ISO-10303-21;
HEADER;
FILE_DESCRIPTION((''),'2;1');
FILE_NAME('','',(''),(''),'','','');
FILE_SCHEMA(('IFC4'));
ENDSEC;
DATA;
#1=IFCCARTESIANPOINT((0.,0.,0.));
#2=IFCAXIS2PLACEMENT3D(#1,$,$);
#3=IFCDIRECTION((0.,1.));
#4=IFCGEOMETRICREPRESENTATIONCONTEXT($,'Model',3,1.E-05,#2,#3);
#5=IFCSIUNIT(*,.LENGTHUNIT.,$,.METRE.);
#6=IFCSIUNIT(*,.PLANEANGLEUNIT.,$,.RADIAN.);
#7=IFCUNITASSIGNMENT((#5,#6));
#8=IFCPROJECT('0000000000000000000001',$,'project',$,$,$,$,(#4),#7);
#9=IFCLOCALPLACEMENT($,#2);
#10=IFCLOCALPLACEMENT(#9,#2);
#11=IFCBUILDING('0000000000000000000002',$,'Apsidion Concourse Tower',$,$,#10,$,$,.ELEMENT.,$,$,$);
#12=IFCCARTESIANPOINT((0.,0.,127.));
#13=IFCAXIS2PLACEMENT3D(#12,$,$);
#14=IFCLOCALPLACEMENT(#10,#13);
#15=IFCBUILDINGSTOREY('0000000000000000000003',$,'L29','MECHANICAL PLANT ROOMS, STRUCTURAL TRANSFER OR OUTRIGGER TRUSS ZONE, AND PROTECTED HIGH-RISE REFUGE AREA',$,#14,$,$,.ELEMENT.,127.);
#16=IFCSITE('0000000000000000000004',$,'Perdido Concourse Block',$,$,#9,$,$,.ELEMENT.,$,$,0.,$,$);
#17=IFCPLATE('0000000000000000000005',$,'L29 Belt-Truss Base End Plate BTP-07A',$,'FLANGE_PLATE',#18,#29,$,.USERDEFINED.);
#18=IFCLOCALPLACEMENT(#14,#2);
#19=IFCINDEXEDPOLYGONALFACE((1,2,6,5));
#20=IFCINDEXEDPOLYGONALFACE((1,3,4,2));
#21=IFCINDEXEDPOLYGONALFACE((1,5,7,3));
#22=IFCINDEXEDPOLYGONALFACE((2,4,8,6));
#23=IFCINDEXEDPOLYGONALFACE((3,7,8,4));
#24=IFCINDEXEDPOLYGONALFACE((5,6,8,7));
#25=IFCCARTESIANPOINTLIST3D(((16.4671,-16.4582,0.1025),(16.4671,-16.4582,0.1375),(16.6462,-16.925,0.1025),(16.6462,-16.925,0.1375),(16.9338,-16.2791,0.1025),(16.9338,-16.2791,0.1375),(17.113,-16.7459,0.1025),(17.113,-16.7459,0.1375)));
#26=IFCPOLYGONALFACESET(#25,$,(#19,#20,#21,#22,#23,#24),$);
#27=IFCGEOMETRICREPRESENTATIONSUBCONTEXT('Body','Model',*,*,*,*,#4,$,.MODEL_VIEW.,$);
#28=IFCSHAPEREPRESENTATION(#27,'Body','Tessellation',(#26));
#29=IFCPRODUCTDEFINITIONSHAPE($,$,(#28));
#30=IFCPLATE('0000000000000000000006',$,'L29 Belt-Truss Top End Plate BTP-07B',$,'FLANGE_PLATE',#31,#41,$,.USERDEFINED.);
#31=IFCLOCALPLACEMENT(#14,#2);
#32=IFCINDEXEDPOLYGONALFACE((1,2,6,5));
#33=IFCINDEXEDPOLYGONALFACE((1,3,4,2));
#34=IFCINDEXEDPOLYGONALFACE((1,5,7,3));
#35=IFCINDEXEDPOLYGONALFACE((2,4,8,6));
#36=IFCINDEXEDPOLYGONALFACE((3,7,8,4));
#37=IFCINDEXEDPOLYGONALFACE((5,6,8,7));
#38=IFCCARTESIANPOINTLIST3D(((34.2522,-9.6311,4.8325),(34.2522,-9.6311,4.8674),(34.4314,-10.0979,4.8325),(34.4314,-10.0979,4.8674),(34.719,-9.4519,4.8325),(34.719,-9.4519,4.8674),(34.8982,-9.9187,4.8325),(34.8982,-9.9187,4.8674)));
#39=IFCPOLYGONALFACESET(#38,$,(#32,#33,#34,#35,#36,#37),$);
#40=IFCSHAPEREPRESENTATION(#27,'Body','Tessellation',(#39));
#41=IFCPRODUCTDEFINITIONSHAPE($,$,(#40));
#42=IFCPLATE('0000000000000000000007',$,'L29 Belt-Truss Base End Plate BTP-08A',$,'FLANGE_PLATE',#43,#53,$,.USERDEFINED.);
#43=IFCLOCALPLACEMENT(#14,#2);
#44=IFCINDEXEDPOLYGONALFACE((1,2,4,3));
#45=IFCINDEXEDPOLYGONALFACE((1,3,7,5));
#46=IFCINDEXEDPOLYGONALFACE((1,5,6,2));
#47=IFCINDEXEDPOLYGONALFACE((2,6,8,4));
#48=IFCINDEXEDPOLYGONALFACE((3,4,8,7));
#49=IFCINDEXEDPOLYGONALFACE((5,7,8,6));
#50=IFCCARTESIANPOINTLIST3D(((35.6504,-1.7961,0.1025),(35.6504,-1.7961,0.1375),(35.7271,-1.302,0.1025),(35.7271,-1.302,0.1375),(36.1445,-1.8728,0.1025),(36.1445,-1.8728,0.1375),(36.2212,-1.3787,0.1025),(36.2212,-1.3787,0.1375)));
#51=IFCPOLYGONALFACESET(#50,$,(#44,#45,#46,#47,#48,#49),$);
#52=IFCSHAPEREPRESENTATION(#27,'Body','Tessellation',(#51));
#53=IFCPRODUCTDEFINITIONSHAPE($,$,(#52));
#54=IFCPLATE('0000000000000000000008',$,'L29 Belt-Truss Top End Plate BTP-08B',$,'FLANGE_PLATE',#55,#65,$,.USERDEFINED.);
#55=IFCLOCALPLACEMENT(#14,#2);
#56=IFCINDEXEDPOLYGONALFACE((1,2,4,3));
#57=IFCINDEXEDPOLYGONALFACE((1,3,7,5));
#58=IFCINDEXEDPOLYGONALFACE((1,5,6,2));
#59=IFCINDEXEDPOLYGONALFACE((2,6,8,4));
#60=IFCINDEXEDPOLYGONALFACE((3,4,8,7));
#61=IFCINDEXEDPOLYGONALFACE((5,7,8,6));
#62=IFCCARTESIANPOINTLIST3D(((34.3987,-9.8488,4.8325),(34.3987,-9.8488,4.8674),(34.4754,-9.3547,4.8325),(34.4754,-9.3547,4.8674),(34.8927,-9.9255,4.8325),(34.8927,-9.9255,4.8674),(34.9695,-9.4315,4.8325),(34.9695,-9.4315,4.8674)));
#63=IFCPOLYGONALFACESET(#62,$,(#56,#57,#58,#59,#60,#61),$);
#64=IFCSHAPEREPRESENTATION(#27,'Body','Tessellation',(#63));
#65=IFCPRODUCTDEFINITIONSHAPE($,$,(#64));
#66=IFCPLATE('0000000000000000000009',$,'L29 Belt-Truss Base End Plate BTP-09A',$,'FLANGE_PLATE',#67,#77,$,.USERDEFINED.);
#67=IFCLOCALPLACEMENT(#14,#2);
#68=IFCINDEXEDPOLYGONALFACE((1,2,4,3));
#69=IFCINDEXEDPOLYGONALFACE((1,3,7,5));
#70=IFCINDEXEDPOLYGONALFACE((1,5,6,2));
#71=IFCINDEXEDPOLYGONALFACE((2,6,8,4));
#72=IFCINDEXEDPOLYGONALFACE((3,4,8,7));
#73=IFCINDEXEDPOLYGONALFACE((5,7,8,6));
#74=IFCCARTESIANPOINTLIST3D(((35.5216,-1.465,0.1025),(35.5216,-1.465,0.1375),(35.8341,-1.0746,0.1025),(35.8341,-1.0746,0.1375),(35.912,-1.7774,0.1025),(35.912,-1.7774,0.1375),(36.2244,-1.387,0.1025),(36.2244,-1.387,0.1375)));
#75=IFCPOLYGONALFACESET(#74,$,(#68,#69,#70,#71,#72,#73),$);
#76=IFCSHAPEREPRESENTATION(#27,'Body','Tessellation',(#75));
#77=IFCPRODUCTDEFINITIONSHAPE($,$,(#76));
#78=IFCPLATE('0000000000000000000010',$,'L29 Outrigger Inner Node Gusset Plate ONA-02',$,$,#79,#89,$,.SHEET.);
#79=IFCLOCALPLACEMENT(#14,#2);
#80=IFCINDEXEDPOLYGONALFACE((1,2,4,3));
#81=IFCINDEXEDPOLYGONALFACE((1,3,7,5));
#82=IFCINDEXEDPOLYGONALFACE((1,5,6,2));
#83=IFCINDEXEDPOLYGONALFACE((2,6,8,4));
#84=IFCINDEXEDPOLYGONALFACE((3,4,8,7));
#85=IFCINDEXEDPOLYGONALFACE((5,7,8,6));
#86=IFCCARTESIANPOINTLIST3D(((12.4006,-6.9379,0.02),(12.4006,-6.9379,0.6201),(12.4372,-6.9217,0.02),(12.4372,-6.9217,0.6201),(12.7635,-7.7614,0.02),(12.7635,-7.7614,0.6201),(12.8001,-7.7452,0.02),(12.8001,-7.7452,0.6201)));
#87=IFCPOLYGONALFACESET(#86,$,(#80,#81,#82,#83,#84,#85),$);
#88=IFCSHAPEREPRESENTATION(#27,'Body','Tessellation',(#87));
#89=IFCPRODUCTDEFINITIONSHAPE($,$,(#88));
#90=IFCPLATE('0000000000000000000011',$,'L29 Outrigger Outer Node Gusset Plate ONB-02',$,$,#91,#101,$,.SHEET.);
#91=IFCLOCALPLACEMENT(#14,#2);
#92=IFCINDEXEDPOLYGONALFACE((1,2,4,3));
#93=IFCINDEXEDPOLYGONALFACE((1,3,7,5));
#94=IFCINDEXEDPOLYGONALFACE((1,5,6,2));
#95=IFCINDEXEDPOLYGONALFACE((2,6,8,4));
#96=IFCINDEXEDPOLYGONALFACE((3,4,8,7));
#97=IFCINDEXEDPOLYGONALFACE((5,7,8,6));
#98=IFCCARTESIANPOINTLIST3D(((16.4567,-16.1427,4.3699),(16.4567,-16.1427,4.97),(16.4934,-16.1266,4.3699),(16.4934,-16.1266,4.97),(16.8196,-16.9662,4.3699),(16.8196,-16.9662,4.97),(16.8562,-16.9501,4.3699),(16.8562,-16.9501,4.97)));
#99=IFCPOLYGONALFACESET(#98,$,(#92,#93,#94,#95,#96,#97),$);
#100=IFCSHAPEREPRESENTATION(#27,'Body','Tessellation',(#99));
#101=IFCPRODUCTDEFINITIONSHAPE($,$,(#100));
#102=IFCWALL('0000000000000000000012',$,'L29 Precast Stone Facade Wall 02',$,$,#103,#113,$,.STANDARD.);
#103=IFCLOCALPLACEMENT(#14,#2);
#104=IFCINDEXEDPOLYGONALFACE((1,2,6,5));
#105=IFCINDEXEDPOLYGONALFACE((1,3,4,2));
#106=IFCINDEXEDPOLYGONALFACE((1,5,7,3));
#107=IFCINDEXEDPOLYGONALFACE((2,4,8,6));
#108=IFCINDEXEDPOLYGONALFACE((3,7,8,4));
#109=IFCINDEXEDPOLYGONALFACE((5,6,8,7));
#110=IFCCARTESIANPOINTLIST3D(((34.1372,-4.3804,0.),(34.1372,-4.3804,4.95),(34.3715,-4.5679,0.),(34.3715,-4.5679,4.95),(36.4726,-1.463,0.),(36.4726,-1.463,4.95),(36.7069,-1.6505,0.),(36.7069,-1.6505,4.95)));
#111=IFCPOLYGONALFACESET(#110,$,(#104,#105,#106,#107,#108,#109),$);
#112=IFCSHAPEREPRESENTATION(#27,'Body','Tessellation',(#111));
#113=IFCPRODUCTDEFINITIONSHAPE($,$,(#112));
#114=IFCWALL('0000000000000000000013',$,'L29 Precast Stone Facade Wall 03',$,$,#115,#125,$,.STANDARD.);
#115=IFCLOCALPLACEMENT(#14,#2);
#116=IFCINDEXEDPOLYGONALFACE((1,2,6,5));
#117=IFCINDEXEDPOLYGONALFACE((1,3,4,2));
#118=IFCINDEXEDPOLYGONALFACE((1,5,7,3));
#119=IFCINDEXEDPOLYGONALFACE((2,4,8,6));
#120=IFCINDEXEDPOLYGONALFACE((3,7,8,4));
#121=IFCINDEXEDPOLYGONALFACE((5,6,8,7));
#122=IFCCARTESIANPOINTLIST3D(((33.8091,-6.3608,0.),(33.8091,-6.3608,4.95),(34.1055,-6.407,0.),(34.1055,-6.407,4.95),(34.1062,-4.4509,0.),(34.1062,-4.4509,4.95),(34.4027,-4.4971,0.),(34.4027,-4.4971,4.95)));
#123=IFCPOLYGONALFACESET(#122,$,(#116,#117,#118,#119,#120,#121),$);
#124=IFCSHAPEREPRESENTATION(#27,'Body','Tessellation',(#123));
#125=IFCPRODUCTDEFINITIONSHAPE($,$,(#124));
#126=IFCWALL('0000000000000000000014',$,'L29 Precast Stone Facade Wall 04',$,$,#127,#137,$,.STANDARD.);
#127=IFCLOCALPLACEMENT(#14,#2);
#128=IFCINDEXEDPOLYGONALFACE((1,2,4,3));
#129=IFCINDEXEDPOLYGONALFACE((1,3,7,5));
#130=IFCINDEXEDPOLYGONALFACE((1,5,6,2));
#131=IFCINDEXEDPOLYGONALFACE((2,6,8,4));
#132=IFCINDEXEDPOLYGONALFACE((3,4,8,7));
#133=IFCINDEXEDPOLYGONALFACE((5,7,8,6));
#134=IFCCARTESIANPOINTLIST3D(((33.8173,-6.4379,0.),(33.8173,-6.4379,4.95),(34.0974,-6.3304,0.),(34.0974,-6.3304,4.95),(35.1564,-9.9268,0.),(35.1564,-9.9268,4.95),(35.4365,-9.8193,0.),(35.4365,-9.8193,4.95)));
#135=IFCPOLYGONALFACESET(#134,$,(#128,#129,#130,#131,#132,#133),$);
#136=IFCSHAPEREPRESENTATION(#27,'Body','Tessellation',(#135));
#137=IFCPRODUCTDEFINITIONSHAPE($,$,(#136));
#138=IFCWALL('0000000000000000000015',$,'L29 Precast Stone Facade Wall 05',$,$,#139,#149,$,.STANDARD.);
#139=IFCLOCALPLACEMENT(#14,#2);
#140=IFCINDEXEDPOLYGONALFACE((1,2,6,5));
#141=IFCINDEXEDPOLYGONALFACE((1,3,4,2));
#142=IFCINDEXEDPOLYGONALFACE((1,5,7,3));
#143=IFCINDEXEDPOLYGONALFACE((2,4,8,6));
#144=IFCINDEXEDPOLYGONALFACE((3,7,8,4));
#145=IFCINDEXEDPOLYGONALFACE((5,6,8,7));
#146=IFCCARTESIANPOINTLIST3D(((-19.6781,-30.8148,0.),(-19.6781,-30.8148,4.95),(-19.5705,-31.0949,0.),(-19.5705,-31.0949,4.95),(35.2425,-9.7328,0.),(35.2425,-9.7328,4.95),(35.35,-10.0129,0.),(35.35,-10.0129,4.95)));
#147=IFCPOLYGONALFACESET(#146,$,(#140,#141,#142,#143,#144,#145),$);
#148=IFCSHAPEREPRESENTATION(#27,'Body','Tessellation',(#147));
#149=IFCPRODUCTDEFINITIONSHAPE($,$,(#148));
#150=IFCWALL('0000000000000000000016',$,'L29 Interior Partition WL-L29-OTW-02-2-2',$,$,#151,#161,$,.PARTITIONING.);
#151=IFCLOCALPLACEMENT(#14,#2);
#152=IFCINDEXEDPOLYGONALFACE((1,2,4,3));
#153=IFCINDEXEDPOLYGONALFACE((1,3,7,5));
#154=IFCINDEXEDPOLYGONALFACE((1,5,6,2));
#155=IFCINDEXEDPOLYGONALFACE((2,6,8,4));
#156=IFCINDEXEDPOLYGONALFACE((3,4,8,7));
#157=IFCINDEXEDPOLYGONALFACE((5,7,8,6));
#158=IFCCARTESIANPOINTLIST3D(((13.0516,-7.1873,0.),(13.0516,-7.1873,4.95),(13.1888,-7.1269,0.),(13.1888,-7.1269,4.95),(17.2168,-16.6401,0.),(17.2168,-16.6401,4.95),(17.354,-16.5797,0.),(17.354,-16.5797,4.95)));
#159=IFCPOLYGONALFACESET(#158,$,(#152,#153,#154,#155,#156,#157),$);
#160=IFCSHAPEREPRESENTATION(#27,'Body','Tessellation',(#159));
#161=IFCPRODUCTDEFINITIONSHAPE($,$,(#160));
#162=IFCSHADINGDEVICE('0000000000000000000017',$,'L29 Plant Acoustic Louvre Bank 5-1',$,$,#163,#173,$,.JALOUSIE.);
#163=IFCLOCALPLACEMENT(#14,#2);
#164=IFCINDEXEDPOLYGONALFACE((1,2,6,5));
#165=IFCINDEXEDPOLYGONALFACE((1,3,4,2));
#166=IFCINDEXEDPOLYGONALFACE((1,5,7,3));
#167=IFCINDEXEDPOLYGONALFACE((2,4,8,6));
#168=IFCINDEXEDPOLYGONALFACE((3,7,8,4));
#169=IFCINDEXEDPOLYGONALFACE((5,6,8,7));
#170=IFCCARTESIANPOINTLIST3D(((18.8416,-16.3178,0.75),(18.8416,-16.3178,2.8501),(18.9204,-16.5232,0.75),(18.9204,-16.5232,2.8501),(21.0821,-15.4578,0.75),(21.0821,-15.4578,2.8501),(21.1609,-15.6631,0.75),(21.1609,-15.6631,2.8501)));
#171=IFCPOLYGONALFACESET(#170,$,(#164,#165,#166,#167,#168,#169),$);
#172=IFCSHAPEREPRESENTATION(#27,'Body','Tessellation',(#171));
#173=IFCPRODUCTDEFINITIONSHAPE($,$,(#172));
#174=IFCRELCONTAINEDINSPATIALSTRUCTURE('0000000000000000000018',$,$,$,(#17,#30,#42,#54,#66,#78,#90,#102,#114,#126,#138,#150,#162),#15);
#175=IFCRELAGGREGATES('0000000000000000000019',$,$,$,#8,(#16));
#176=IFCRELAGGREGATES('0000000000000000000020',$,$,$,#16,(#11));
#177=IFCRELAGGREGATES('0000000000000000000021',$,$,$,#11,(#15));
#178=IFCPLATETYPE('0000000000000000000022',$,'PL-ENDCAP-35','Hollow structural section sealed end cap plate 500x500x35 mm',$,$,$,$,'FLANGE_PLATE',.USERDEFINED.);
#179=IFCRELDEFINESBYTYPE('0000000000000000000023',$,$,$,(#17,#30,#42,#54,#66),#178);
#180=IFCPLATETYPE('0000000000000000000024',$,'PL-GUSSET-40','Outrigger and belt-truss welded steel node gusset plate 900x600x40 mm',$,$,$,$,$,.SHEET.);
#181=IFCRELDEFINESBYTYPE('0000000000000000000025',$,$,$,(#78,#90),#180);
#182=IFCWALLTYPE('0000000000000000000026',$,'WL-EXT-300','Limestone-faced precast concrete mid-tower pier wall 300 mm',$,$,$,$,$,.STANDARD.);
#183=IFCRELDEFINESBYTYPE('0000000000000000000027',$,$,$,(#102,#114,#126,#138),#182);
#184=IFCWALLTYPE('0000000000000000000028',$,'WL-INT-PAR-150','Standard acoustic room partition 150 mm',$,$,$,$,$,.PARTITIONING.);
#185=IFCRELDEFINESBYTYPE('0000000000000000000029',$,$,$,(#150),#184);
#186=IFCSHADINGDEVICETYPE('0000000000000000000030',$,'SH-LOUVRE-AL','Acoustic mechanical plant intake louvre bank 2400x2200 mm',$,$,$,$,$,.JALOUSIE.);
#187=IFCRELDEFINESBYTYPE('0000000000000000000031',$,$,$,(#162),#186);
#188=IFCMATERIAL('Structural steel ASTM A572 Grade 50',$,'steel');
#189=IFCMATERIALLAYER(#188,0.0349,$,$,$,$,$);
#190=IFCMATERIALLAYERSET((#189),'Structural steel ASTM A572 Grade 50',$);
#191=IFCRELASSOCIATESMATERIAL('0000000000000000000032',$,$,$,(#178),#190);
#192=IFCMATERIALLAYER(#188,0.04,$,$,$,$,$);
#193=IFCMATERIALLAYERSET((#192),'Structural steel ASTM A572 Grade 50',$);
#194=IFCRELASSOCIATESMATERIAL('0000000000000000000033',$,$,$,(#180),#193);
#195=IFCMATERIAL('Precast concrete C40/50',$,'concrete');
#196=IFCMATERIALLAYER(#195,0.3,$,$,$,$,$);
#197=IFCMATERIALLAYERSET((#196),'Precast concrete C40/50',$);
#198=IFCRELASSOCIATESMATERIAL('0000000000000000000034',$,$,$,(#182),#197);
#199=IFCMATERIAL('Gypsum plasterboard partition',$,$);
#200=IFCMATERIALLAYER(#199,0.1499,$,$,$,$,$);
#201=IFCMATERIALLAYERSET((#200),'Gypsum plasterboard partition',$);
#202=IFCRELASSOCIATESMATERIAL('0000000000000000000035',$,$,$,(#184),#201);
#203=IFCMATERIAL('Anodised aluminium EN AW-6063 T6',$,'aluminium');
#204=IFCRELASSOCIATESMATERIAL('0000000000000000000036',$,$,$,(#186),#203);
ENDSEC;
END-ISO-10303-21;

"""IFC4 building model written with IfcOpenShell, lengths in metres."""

from ifc_helpers import new_model, si_unit, direction, frame, frame_2d, origin, origin_2d, place, context, subcontext, project, spatial, rectangle, extrude, material, layer, layer_set, type_object, element, save


model = new_model("IFC4")

# Units and contexts
model_context = context("Model", 3, precision=1e-05, world=origin(), true_north=direction((0.0, 1.0)))
body_context = subcontext(model_context, "Body", "Model", "MODEL_VIEW")
ifc_project = project(units=[si_unit("LENGTHUNIT", "METRE"), si_unit("PLANEANGLEUNIT", "RADIAN")], contexts=[model_context])

# Site, building, storey
site_placement = place(None, origin())
site = spatial("IfcSite", under=ifc_project, at=site_placement, Name="Perdido Concourse Block", CompositionType="ELEMENT", RefElevation=0.0)
building_placement = place(site_placement, origin())
building = spatial("IfcBuilding", under=site, at=building_placement, Name="Apsidion Concourse Tower", CompositionType="ELEMENT")
storey_placement = place(building_placement, frame((0.0, 0.0, 127.0)))
storey = spatial("IfcBuildingStorey", under=building, at=storey_placement, Name="L29", Description="MECHANICAL PLANT ROOMS, STRUCTURAL TRANSFER OR OUTRIGGER TRUSS ZONE, AND PROTECTED HIGH-RISE REFUGE AREA", CompositionType="ELEMENT", Elevation=127.0)

# Shared definitions
ifc_material_1 = material(Name="Structural steel ASTM A572 Grade 50", Category="steel")

# Plates
ifc_layer_1 = layer(ifc_material_1, 0.0349)
ifc_layer_set_1 = layer_set([ifc_layer_1], Name="Structural steel ASTM A572 Grade 50")
plate_type_1 = type_object("IfcPlateType", Name="PL-ENDCAP-35", Description="Hollow structural section sealed end cap plate 500x500x35 mm", ElementType="FLANGE_PLATE", PredefinedType="USERDEFINED", material=ifc_layer_set_1)
for number, where, z_axis, x_axis, name in (
    (1, (16.79, -16.6021, 0.1025), (0.0, 0.0, 1.0), (0.93358, 0.358368, 0.0), "L29 Belt-Truss Base End Plate BTP-07A"),
    (2, (34.5752, -9.7749, 4.8325), (0.0, 0.0, 1.0), (0.93358, 0.358368, 0.0), "L29 Belt-Truss Top End Plate BTP-07B"),
    (3, (35.9358, -1.5874, 0.1025), (0.0, 0.0, 1.0), (0.153503, 0.988148, 0.0), "L29 Belt-Truss Base End Plate BTP-08A"),
    (4, (34.6841, -9.6401, 4.8325), (0.0, 0.0, 1.0), (0.153503, 0.988148, 0.0), "L29 Belt-Truss Top End Plate BTP-08B"),
    (5, (35.873, -1.426, 0.1025), (0.0, 0.0, 1.0), (-0.780758, 0.624834, 0.0), "L29 Belt-Truss Base End Plate BTP-09A"),
):
    element("IfcPlate", number, at=place(storey_placement, frame(where, z_axis=z_axis, x_axis=x_axis)), inside=storey, type_object=plate_type_1, Name=name, ObjectType="FLANGE_PLATE", PredefinedType="USERDEFINED", context=body_context, shape_type="SweptSolid", body=[
        extrude(rectangle(XDim=0.5, YDim=0.5, at=origin_2d()), origin(), (0.0, 0.0, 1.0), 0.0349),
    ])
ifc_layer_2 = layer(ifc_material_1, 0.04)
ifc_layer_set_2 = layer_set([ifc_layer_2], Name="Structural steel ASTM A572 Grade 50")
plate_type_2 = type_object("IfcPlateType", Name="PL-GUSSET-40", Description="Outrigger and belt-truss welded steel node gusset plate 900x600x40 mm", PredefinedType="SHEET", material=ifc_layer_set_2)
for number, where, z_axis, x_axis, name in (
    (6, (12.6003, -7.3416, 0.02), (0.0, 0.0, 1.0), (-0.403226, 0.9151, 0.0), "L29 Outrigger Inner Node Gusset Plate ONA-02"),
    (7, (16.6565, -16.5464, 4.3699), (0.0, 0.0, 1.0), (-0.403226, 0.9151, 0.0), "L29 Outrigger Outer Node Gusset Plate ONB-02"),
):
    element("IfcPlate", number, at=place(storey_placement, frame(where, z_axis=z_axis, x_axis=x_axis)), inside=storey, type_object=plate_type_2, Name=name, PredefinedType="SHEET", context=body_context, shape_type="SweptSolid", body=[
        extrude(rectangle(XDim=0.8999, YDim=0.04, at=origin_2d()), origin(), (0.0, 0.0, 1.0), 0.6001),
    ])

# Walls
ifc_material_2 = material(Name="Precast concrete C40/50", Category="concrete")
ifc_layer_3 = layer(ifc_material_2, 0.3)
ifc_layer_set_3 = layer_set([ifc_layer_3], Name="Precast concrete C40/50")
wall_type_1 = type_object("IfcWallType", Name="WL-EXT-300", Description="Limestone-faced precast concrete mid-tower pier wall 300 mm", PredefinedType="STANDARD", material=ifc_layer_set_3)
wall_1_placement = place(storey_placement, frame((36.5898, -1.5566, 0.0), z_axis=(0.0, 0.0, 1.0), x_axis=(-0.624934, -0.780678, 0.0)))
element("IfcWall", 8, at=wall_1_placement, inside=storey, type_object=wall_type_1, Name="L29 Precast Stone Facade Wall 02", PredefinedType="STANDARD", context=body_context, shape_type="SweptSolid", body=[
    extrude(rectangle(XDim=3.7371, YDim=0.3, at=frame_2d((1.8687, 0.0))), origin(), (0.0, 0.0, 1.0), 4.95),
])
wall_2_placement = place(storey_placement, frame((34.2544, -4.4741, 0.0), z_axis=(0.0, 0.0, 1.0), x_axis=(-0.153718, -0.988115, 0.0)))
element("IfcWall", 9, at=wall_2_placement, inside=storey, type_object=wall_type_1, Name="L29 Precast Stone Facade Wall 03", PredefinedType="STANDARD", context=body_context, shape_type="SweptSolid", body=[
    extrude(rectangle(XDim=1.9329, YDim=0.3, at=frame_2d((0.9663, 0.0))), origin(), (0.0, 0.0, 1.0), 4.95),
])
wall_3_placement = place(storey_placement, frame((33.9573, -6.384, 0.0), z_axis=(0.0, 0.0, 1.0), x_axis=(0.358344, -0.93359, 0.0)))
element("IfcWall", 10, at=wall_3_placement, inside=storey, type_object=wall_type_1, Name="L29 Precast Stone Facade Wall 04", PredefinedType="STANDARD", context=body_context, shape_type="SweptSolid", body=[
    extrude(rectangle(XDim=3.7371, YDim=0.3, at=frame_2d((1.8687, 0.0))), origin(), (0.0, 0.0, 1.0), 4.95),
])
wall_4_placement = place(storey_placement, frame((35.2964, -9.8728, 0.0), z_axis=(0.0, 0.0, 1.0), x_axis=(-0.933581, -0.358367, 0.0)))
element("IfcWall", 11, at=wall_4_placement, inside=storey, type_object=wall_type_1, Name="L29 Precast Stone Facade Wall 05", PredefinedType="STANDARD", context=body_context, shape_type="SweptSolid", body=[
    extrude(rectangle(XDim=58.8279, YDim=0.3, at=frame_2d((29.4141, 0.0))), origin(), (0.0, 0.0, 1.0), 4.95),
])
ifc_material_3 = material(Name="Gypsum plasterboard partition")
ifc_layer_4 = layer(ifc_material_3, 0.1499)
ifc_layer_set_4 = layer_set([ifc_layer_4], Name="Gypsum plasterboard partition")
wall_type_2 = type_object("IfcWallType", Name="WL-INT-PAR-150", Description="Standard acoustic room partition 150 mm", PredefinedType="PARTITIONING", material=ifc_layer_set_4)
wall_5_placement = place(storey_placement, frame((13.1201, -7.157, 0.0), z_axis=(0.0, 0.0, 1.0), x_axis=(0.403226, -0.9151, 0.0)))
element("IfcWall", 12, at=wall_5_placement, inside=storey, type_object=wall_type_2, Name="L29 Interior Partition WL-L29-OTW-02-2-2", PredefinedType="PARTITIONING", context=body_context, shape_type="SweptSolid", body=[
    extrude(rectangle(XDim=10.3298, YDim=0.1499, at=frame_2d((5.165, 0.0))), origin(), (0.0, 0.0, 1.0), 4.95),
])

# Shading device
ifc_material_4 = material(Name="Anodised aluminium EN AW-6063 T6", Category="aluminium")
shading_device_type = type_object("IfcShadingDeviceType", Name="SH-LOUVRE-AL", Description="Acoustic mechanical plant intake louvre bank 2400x2200 mm", PredefinedType="JALOUSIE", material=ifc_material_4)
shading_device_placement = place(storey_placement, frame((20.0012, -15.9905, 0.75), z_axis=(0.0, 0.0, 1.0), x_axis=(-0.93358, -0.358368, 0.0)))
element("IfcShadingDevice", 13, at=shading_device_placement, inside=storey, type_object=shading_device_type, Name="L29 Plant Acoustic Louvre Bank 5-1", PredefinedType="JALOUSIE", context=body_context, shape_type="SweptSolid", body=[
    extrude(rectangle(XDim=2.3999, YDim=0.22, at=origin_2d()), origin(), (0.0, 0.0, 1.0), 2.1001),
])

save(model, "model.ifc")
